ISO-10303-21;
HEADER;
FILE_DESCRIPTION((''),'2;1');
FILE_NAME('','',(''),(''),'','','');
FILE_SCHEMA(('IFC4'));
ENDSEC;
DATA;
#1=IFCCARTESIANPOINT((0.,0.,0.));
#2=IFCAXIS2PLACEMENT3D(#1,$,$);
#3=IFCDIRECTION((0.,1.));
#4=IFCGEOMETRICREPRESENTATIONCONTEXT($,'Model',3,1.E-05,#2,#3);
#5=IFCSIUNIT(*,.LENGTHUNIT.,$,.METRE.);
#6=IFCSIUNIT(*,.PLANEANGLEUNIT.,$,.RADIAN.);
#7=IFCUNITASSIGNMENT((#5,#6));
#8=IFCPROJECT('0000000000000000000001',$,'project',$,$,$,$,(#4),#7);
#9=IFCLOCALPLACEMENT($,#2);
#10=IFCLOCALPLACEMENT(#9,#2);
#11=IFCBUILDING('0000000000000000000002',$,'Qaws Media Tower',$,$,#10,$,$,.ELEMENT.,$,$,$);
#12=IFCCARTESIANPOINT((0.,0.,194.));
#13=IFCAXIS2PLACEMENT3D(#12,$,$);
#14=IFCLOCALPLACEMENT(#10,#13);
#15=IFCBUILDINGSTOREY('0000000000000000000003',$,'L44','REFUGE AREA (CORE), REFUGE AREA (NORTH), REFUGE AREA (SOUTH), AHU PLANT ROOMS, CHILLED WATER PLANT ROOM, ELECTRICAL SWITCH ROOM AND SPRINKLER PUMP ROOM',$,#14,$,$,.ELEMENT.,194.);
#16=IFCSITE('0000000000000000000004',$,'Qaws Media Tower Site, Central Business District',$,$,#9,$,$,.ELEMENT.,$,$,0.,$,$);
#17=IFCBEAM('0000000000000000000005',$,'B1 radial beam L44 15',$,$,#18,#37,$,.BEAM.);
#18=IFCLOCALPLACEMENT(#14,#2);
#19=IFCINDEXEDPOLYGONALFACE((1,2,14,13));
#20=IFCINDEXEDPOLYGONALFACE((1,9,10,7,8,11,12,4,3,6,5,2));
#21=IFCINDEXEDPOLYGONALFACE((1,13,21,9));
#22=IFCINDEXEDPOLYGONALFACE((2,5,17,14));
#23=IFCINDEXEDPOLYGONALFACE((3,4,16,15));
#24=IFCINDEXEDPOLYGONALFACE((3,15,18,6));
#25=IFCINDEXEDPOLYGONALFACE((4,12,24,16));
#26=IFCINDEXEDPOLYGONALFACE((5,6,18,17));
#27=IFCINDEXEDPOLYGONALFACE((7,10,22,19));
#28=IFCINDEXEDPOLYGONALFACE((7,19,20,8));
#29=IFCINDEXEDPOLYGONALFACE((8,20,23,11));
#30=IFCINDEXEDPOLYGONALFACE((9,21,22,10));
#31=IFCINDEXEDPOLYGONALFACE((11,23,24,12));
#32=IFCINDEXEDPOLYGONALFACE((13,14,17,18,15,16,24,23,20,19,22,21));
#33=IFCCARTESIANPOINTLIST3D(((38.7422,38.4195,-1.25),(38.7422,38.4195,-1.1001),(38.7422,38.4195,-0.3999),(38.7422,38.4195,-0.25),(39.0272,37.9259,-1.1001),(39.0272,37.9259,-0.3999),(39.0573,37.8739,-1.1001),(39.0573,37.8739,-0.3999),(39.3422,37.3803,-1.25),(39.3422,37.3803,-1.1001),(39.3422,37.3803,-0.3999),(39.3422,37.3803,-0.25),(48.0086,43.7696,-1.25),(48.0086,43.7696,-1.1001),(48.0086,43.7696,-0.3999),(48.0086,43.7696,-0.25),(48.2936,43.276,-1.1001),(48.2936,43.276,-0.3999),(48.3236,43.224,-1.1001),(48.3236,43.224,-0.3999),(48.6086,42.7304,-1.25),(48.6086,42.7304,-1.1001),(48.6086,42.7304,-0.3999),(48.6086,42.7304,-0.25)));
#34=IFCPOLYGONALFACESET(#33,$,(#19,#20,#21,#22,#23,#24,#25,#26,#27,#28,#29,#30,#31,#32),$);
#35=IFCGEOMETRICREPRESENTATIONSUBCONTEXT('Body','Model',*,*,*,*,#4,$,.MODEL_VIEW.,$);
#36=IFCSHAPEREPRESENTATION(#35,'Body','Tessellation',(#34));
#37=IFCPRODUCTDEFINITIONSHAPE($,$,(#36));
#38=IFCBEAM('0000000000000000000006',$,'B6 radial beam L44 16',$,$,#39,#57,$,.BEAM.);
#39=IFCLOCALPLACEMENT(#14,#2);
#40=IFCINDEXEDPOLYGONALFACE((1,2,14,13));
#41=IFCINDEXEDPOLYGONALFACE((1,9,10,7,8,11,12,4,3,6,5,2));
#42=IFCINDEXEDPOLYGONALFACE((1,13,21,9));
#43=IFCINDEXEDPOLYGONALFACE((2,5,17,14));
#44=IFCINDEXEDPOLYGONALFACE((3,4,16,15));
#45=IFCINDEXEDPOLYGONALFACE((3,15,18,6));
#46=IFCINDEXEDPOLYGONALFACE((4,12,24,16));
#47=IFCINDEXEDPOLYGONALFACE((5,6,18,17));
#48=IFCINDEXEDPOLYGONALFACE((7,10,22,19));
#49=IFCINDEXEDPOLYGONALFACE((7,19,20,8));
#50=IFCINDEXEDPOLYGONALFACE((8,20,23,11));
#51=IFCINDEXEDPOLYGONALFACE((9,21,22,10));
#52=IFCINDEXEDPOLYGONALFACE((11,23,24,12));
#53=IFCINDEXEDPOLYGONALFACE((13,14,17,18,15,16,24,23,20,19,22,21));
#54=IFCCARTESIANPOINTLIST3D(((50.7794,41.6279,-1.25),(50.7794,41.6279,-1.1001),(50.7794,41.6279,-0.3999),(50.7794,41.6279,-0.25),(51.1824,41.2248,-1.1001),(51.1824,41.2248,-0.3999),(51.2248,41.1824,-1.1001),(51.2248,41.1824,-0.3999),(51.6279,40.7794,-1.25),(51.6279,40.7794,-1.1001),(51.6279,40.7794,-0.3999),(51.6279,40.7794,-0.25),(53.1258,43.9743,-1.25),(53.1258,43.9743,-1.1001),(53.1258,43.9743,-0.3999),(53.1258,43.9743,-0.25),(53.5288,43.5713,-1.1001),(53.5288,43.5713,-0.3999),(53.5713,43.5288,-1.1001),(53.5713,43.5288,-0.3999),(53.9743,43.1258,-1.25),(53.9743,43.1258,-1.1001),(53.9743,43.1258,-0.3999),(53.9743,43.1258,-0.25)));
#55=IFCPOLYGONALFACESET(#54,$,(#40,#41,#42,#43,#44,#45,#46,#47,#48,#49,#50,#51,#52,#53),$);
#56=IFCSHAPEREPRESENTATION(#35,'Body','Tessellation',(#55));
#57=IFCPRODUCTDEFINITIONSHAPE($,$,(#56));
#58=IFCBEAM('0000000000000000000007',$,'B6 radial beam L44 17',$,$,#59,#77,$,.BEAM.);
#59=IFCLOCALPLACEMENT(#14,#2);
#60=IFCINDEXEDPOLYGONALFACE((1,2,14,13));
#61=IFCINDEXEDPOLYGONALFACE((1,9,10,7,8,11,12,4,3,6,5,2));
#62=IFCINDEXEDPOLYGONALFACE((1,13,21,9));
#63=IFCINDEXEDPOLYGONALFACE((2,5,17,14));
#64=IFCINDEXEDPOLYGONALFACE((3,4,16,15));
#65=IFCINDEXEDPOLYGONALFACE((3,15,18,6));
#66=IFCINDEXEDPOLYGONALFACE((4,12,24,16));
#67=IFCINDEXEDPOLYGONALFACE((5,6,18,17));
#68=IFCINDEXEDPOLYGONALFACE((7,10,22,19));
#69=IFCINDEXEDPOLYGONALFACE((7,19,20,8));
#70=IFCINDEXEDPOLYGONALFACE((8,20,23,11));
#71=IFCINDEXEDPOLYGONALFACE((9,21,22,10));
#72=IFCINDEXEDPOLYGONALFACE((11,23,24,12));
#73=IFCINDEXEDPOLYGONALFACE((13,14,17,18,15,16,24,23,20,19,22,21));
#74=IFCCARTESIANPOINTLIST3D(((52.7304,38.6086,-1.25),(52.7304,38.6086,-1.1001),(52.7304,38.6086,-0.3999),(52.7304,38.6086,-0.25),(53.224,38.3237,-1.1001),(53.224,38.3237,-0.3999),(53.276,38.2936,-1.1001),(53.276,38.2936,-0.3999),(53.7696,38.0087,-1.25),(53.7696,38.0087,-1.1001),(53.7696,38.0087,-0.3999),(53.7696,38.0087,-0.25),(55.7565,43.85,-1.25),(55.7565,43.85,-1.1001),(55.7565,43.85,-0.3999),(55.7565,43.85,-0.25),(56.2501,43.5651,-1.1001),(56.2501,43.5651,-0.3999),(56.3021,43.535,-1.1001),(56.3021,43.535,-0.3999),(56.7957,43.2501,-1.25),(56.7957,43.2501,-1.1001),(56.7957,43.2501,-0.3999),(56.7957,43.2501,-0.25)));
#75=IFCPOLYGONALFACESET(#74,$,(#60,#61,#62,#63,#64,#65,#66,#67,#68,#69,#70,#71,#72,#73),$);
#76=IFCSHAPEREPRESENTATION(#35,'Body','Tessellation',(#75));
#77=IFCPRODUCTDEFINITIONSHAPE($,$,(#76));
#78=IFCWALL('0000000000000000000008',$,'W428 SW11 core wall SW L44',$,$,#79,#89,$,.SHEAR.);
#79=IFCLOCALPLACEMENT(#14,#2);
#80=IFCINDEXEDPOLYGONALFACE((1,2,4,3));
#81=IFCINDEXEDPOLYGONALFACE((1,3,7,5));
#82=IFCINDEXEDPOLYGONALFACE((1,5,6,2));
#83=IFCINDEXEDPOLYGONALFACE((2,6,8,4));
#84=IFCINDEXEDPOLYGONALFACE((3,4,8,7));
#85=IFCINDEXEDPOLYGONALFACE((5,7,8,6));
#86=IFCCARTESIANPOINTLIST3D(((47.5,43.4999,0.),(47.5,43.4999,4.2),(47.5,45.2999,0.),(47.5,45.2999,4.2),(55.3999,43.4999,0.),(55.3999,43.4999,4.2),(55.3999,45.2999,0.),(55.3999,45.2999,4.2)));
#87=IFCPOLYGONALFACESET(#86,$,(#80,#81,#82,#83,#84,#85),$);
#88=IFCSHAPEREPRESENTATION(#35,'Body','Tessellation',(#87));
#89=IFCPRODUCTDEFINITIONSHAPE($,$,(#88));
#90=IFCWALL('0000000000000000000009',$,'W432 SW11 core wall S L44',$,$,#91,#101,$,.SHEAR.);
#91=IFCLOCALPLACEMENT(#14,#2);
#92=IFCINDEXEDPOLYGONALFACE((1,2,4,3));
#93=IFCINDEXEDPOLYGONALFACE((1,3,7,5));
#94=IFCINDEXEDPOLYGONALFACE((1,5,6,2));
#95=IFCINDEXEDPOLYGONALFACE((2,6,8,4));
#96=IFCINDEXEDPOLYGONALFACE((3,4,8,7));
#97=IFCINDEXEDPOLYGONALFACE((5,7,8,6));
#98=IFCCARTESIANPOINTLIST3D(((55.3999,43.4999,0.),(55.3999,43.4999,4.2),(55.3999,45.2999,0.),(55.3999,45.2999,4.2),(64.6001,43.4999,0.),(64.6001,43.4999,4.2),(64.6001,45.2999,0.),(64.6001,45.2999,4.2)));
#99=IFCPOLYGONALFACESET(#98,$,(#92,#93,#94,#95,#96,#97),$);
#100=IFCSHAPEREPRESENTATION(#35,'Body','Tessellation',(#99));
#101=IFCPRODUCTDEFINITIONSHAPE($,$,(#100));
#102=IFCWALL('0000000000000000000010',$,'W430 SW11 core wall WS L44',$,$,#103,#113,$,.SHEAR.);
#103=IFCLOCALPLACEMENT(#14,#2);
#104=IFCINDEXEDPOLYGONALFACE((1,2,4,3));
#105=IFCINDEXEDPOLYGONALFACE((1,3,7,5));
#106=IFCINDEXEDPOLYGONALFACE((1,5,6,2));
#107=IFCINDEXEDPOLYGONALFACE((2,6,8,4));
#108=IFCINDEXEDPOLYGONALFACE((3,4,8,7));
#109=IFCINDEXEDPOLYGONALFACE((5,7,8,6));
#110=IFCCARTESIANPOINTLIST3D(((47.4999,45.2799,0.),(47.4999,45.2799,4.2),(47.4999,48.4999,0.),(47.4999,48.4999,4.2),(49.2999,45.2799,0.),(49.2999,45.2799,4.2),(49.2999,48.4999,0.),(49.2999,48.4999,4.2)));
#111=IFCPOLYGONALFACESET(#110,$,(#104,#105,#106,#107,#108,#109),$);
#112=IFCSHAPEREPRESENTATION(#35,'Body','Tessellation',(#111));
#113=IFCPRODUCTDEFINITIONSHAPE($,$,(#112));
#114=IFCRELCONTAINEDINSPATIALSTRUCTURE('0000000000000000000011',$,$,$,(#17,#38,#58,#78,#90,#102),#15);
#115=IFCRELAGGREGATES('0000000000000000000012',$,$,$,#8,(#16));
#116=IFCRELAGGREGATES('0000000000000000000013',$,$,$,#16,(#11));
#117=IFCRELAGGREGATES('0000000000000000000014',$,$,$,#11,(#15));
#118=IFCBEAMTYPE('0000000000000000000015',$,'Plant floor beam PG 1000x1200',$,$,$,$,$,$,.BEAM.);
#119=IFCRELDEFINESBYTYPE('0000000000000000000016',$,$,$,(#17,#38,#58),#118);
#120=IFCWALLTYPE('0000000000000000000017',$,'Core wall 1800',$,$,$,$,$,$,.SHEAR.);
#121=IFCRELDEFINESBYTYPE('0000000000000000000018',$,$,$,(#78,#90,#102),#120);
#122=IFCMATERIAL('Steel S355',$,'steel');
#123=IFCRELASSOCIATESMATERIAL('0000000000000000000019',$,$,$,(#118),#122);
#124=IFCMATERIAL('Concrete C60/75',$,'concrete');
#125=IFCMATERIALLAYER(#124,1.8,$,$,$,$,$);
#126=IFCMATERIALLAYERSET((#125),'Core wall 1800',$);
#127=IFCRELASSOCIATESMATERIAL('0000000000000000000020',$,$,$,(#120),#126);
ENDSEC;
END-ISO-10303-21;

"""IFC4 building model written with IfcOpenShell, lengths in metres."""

from ifc_helpers import new_model, si_unit, direction, frame, frame_2d, origin, origin_2d, place, context, subcontext, project, spatial, rectangle, i_section, extrude, material, layer, layer_set, material_profile, profile_set, type_object, element, save


model = new_model("IFC4")

# Units and contexts
model_context = context("Model", 3, precision=1e-05, world=origin(), true_north=direction((0.0, 1.0)))
body_context = subcontext(model_context, "Body", "Model", "MODEL_VIEW")
ifc_project = project(units=[si_unit("LENGTHUNIT", "METRE"), si_unit("PLANEANGLEUNIT", "RADIAN")], contexts=[model_context])

# Site, building, storey
site_placement = place(None, origin())
site = spatial("IfcSite", under=ifc_project, at=site_placement, Name="Qaws Media Tower Site, Central Business District", CompositionType="ELEMENT", RefElevation=0.0)
building_placement = place(site_placement, origin())
building = spatial("IfcBuilding", under=site, at=building_placement, Name="Qaws Media Tower", CompositionType="ELEMENT")
storey_placement = place(building_placement, frame((0.0, 0.0, 194.0)))
storey = spatial("IfcBuildingStorey", under=building, at=storey_placement, Name="L44", Description="REFUGE AREA (CORE), REFUGE AREA (NORTH), REFUGE AREA (SOUTH), AHU PLANT ROOMS, CHILLED WATER PLANT ROOM, ELECTRICAL SWITCH ROOM AND SPRINKLER PUMP ROOM", CompositionType="ELEMENT", Elevation=194.0)

# Beams
ifc_material_1 = material(Name="Steel S355", Category="steel")
ifc_material_profile_1 = material_profile(ifc_material_1, i_section(OverallWidth=1.2, OverallDepth=1.0, WebThickness=0.0601, FlangeThickness=0.1499, at=origin_2d()), Name="PG 1000x1200")
ifc_profile_set_1 = profile_set([ifc_material_profile_1], Name="Steel S355")
beam_type_1 = type_object("IfcBeamType", Name="Plant floor beam PG 1000x1200", PredefinedType="BEAM", material=ifc_profile_set_1)
beam_1_placement = place(storey_placement, frame((48.3086, 43.25, -0.75), z_axis=(-0.866019, -0.500011, 0.0), x_axis=(0.500011, -0.866019, 0.0)))
element("IfcBeam", 1, at=beam_1_placement, inside=storey, type_object=beam_type_1, Name="B1 radial beam L44 15", PredefinedType="BEAM", context=body_context, shape_type="SweptSolid", body=[
    extrude(i_section(OverallWidth=1.2, OverallDepth=1.0, WebThickness=0.0601, FlangeThickness=0.1499, at=origin_2d()), origin(), (0.0, 0.0, 1.0), 10.7),
])
beam_2_placement = place(storey_placement, frame((53.55, 43.55, -0.75), z_axis=(-0.707107, -0.707107, 0.0), x_axis=(0.707107, -0.707107, 0.0)))
element("IfcBeam", 2, at=beam_2_placement, inside=storey, type_object=beam_type_1, Name="B6 radial beam L44 16", PredefinedType="BEAM", context=body_context, shape_type="SweptSolid", body=[
    extrude(i_section(OverallWidth=1.2, OverallDepth=1.0, WebThickness=0.0601, FlangeThickness=0.1499, at=origin_2d()), origin(), (0.0, 0.0, 1.0), 3.3184),
])
beam_3_placement = place(storey_placement, frame((56.2761, 43.55, -0.75), z_axis=(-0.499996, -0.866028, 0.0), x_axis=(0.866028, -0.499996, 0.0)))
element("IfcBeam", 3, at=beam_3_placement, inside=storey, type_object=beam_type_1, Name="B6 radial beam L44 17", PredefinedType="BEAM", context=body_context, shape_type="SweptSolid", body=[
    extrude(i_section(OverallWidth=1.2, OverallDepth=1.0, WebThickness=0.0601, FlangeThickness=0.1499, at=origin_2d()), origin(), (0.0, 0.0, 1.0), 6.0522),
])

# Walls
ifc_material_2 = material(Name="Concrete C60/75", Category="concrete")
ifc_layer = layer(ifc_material_2, 1.8)
ifc_layer_set = layer_set([ifc_layer], Name="Core wall 1800")
wall_type = type_object("IfcWallType", Name="Core wall 1800", PredefinedType="SHEAR", material=ifc_layer_set)
wall_1_placement = place(storey_placement, frame((47.5, 44.3999, 0.0), z_axis=(0.0, 0.0, 1.0), x_axis=(1.0, 0.0, 0.0)))
element("IfcWall", 4, at=wall_1_placement, inside=storey, type_object=wall_type, Name="W428 SW11 core wall SW L44", PredefinedType="SHEAR", context=body_context, shape_type="SweptSolid", body=[
    extrude(rectangle(XDim=7.8999, YDim=1.8, at=frame_2d((3.95, 0.0))), origin(), (0.0, 0.0, 1.0), 4.2),
])
wall_2_placement = place(storey_placement, frame((55.3999, 44.3999, 0.0), z_axis=(0.0, 0.0, 1.0), x_axis=(1.0, 0.0, 0.0)))
element("IfcWall", 5, at=wall_2_placement, inside=storey, type_object=wall_type, Name="W432 SW11 core wall S L44", PredefinedType="SHEAR", context=body_context, shape_type="SweptSolid", body=[
    extrude(rectangle(XDim=9.2002, YDim=1.8, at=frame_2d((4.6001, 0.0))), origin(), (0.0, 0.0, 1.0), 4.2),
])
wall_3_placement = place(storey_placement, frame((48.3999, 45.28, 0.0), z_axis=(0.0, 0.0, 1.0), x_axis=(0.0, 1.0, 0.0)))
element("IfcWall", 6, at=wall_3_placement, inside=storey, type_object=wall_type, Name="W430 SW11 core wall WS L44", PredefinedType="SHEAR", context=body_context, shape_type="SweptSolid", body=[
    extrude(rectangle(XDim=3.22, YDim=1.8, at=frame_2d((1.6099, 0.0))), origin(), (0.0, 0.0, 1.0), 4.2),
])

save(model, "model.ifc")
